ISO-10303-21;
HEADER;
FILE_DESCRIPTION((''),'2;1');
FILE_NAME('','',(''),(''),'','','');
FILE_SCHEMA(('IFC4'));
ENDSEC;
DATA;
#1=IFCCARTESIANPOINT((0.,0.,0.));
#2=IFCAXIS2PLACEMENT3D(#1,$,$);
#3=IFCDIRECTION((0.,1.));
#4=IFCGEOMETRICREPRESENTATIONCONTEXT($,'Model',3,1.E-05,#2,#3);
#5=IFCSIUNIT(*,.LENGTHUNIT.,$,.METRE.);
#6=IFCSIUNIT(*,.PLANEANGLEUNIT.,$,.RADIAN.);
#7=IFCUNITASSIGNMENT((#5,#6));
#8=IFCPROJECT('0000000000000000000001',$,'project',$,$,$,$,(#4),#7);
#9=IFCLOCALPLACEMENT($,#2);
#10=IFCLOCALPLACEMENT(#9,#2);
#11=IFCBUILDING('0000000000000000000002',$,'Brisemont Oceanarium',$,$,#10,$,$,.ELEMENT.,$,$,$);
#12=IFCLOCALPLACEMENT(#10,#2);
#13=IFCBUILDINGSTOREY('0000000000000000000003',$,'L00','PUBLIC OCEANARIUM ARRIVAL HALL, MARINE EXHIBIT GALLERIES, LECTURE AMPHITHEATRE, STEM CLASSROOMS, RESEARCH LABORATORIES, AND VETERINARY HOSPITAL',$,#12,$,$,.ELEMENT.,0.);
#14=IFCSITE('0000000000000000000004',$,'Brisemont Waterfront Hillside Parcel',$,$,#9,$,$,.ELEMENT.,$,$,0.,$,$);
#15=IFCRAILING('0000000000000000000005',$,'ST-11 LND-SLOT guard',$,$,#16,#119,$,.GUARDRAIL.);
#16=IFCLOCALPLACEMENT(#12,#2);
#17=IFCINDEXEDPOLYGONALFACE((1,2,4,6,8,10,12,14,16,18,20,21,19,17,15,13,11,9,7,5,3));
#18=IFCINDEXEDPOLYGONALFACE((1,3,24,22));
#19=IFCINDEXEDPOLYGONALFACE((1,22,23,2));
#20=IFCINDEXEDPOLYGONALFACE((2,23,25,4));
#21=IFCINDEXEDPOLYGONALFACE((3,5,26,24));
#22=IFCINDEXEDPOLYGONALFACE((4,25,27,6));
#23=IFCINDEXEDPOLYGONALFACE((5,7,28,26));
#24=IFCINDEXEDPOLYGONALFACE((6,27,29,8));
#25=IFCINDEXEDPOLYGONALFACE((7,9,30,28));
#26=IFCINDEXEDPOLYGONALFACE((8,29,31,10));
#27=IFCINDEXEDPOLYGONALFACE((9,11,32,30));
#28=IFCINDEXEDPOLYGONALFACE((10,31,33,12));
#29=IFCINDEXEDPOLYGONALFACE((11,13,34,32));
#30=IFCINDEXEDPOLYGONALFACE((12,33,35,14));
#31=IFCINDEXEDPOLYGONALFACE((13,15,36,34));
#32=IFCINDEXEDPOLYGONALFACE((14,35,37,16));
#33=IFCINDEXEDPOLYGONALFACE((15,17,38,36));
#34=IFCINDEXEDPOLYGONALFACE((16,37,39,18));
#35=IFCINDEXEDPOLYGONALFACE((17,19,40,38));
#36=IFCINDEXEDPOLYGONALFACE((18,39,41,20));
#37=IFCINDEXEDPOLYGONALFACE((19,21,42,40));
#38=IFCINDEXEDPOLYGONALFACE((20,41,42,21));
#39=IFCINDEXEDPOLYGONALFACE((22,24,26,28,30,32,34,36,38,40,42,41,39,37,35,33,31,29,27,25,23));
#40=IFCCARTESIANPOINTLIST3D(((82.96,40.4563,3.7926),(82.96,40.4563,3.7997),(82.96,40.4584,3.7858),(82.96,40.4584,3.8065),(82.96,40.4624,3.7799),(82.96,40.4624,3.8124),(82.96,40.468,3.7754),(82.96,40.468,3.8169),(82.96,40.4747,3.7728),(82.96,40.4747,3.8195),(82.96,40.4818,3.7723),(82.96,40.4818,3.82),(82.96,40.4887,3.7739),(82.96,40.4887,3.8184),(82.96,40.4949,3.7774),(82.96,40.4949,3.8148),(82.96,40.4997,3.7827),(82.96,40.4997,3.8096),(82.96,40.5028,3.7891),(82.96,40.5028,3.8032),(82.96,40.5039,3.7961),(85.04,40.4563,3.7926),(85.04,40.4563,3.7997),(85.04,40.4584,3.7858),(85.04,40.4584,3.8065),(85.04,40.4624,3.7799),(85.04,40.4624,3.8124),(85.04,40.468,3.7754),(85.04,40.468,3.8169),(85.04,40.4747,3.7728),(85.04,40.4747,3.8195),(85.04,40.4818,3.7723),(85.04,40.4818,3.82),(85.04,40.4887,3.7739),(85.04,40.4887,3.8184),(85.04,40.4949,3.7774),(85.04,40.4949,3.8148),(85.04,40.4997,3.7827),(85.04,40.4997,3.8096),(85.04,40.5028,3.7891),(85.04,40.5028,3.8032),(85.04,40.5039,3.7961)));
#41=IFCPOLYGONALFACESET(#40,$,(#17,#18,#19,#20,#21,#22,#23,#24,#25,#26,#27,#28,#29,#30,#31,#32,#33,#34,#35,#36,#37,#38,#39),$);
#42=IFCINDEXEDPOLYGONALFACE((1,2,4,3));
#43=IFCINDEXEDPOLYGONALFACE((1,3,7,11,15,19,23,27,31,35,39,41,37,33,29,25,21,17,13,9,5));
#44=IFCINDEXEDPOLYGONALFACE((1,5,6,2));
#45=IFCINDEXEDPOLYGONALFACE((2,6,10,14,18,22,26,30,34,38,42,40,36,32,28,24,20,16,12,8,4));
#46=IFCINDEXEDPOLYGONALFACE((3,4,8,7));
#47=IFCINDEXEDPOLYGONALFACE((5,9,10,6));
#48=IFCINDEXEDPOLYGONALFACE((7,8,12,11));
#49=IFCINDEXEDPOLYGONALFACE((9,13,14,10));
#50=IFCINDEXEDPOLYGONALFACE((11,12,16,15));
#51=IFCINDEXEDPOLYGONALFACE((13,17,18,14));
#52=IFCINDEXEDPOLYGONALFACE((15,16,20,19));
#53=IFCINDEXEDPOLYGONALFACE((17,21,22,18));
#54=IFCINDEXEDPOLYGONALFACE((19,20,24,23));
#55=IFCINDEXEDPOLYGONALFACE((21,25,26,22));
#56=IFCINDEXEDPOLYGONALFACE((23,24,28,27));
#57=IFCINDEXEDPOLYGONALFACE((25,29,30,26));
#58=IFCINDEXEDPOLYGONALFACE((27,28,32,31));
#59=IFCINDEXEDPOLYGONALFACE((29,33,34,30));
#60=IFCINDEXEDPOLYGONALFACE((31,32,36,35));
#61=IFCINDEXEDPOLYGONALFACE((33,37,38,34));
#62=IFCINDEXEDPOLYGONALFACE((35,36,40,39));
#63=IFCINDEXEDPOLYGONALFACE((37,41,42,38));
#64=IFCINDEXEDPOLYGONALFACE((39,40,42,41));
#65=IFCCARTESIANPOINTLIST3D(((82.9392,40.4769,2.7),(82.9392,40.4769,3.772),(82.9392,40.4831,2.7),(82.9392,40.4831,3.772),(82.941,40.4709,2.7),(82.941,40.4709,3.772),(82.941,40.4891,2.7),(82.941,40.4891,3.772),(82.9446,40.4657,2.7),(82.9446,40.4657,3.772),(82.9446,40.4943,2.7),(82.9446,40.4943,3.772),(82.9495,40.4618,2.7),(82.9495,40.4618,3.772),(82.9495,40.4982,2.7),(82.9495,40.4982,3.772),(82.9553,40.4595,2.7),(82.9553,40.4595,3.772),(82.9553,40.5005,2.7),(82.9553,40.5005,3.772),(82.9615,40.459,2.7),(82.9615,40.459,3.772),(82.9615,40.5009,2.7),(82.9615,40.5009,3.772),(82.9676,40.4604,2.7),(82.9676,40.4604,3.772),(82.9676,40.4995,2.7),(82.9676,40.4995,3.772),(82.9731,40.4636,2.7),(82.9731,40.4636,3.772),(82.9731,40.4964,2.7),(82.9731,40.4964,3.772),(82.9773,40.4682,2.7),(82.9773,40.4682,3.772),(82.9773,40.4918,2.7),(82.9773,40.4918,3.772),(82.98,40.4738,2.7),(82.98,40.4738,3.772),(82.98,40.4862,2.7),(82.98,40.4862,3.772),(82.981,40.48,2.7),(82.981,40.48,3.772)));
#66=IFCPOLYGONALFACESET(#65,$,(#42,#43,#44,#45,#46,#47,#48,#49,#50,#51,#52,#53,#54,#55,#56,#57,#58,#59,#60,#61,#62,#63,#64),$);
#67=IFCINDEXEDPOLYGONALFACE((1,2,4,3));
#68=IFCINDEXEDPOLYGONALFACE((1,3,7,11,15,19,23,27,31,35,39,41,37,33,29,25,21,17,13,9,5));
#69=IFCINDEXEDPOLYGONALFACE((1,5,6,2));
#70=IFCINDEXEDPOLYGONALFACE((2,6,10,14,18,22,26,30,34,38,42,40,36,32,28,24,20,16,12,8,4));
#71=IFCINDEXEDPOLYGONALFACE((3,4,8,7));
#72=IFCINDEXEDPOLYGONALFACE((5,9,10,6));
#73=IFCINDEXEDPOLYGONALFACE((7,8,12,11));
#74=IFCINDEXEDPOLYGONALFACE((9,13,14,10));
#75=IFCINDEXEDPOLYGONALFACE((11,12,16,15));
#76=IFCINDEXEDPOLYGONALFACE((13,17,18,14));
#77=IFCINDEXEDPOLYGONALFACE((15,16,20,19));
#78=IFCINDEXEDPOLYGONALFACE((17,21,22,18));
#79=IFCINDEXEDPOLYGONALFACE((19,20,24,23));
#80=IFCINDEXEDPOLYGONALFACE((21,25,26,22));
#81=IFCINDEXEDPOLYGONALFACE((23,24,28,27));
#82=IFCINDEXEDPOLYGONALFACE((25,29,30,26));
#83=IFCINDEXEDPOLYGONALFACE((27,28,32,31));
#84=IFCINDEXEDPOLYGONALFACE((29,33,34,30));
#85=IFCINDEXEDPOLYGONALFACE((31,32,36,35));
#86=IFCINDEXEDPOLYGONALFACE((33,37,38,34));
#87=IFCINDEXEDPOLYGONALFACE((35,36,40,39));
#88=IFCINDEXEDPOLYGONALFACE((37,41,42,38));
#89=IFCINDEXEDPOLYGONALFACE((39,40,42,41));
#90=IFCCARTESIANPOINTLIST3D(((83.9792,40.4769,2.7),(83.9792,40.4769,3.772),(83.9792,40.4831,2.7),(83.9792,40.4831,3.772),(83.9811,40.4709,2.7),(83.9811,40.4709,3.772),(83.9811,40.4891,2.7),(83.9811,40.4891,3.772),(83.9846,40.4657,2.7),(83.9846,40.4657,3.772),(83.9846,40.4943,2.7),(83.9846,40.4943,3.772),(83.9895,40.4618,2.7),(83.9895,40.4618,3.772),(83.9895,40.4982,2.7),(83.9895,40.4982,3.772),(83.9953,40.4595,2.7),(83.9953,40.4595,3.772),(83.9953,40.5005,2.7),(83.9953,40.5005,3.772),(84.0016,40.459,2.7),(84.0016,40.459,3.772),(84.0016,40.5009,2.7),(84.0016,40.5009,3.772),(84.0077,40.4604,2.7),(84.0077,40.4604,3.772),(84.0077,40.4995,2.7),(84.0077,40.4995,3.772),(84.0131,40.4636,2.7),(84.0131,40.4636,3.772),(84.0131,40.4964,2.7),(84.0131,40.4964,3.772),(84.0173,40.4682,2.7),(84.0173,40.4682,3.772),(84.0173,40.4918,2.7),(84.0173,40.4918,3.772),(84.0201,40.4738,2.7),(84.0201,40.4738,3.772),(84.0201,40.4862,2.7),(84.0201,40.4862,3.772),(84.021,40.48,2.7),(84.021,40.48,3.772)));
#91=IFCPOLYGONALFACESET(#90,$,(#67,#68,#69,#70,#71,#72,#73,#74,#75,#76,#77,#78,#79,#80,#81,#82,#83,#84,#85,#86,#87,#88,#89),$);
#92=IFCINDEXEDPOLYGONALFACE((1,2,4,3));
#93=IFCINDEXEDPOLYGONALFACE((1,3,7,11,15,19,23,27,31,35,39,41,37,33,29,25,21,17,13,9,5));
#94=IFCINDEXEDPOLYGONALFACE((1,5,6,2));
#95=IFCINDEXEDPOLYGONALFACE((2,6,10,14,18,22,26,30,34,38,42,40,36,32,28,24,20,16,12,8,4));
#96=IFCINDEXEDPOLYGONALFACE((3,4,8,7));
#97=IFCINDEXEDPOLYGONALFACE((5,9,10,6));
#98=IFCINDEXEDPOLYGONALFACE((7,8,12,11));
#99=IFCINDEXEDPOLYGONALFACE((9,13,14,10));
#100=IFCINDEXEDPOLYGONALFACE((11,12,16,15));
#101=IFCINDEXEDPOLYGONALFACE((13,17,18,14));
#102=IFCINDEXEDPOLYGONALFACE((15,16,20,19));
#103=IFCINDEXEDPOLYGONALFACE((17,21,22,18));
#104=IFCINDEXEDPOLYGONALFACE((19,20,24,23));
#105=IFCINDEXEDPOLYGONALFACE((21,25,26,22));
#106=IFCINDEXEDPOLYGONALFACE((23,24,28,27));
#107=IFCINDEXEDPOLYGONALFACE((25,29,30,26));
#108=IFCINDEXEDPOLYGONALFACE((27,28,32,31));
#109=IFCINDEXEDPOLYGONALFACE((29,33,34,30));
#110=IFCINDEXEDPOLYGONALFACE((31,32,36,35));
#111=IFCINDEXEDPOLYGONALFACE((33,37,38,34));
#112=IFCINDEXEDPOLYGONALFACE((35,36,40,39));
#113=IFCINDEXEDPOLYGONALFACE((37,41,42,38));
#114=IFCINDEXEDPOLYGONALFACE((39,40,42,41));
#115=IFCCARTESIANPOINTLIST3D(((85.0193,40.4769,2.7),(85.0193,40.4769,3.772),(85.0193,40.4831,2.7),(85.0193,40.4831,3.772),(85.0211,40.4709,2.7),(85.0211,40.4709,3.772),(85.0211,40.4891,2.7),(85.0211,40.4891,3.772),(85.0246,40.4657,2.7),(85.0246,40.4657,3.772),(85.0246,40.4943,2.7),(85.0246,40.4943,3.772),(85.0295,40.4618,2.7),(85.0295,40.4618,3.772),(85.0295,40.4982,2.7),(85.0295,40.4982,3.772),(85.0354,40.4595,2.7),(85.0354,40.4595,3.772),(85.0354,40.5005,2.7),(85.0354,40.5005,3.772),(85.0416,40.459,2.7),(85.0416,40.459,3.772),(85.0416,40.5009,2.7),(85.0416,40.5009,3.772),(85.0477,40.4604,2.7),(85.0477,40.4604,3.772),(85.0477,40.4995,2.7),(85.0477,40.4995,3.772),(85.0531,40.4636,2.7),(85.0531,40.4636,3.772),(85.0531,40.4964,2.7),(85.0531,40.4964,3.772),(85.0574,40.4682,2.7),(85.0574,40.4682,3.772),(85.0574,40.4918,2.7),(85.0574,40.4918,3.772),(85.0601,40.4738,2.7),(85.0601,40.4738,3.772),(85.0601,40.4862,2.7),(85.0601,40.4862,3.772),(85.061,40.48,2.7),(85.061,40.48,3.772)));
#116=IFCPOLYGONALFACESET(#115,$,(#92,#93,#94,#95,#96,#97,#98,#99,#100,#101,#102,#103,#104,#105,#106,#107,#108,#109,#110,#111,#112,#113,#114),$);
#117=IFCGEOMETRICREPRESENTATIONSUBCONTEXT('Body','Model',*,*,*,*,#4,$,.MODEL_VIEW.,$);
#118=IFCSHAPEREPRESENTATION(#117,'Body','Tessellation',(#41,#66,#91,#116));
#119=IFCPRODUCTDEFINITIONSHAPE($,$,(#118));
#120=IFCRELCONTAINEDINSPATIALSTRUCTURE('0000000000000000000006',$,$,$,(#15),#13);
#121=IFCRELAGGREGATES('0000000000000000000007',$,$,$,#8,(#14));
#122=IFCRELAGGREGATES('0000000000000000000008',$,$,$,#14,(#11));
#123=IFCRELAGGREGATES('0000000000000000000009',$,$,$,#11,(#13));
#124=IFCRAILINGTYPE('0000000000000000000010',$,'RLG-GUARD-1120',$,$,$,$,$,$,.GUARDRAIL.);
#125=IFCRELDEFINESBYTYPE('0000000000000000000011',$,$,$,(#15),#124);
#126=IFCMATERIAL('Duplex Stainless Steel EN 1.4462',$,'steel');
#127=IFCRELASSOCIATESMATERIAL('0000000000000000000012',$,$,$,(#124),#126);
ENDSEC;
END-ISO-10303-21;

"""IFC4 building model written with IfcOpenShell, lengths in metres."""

from ifc_helpers import new_model, si_unit, direction, frame, origin, origin_2d, place, context, subcontext, project, spatial, circle, extrude, material, type_object, element, save


model = new_model("IFC4")

# Units and contexts
model_context = context("Model", 3, precision=1e-05, world=origin(), true_north=direction((0.0, 1.0)))
body_context = subcontext(model_context, "Body", "Model", "MODEL_VIEW")
ifc_project = project(units=[si_unit("LENGTHUNIT", "METRE"), si_unit("PLANEANGLEUNIT", "RADIAN")], contexts=[model_context])

# Site, building, storey
site_placement = place(None, origin())
site = spatial("IfcSite", under=ifc_project, at=site_placement, Name="Brisemont Waterfront Hillside Parcel", CompositionType="ELEMENT", RefElevation=0.0)
building_placement = place(site_placement, origin())
building = spatial("IfcBuilding", under=site, at=building_placement, Name="Brisemont Oceanarium", CompositionType="ELEMENT")
storey_placement = place(building_placement, origin())
storey = spatial("IfcBuildingStorey", under=building, at=storey_placement, Name="L00", Description="PUBLIC OCEANARIUM ARRIVAL HALL, MARINE EXHIBIT GALLERIES, LECTURE AMPHITHEATRE, STEM CLASSROOMS, RESEARCH LABORATORIES, AND VETERINARY HOSPITAL", CompositionType="ELEMENT", Elevation=0.0)

# Railing
ifc_material_1 = material(Name="Duplex Stainless Steel EN 1.4462", Category="steel")
railing_type_1 = type_object("IfcRailingType", Name="RLG-GUARD-1120", PredefinedType="GUARDRAIL", material=ifc_material_1)
railing_1_placement = place(storey_placement, frame((82.96, 40.48, 2.7)))
element("IfcRailing", 1, at=railing_1_placement, inside=storey, type_object=railing_type_1, Name="ST-11 LND-SLOT guard", PredefinedType="GUARDRAIL", context=body_context, shape_type="SweptSolid", body=[
    extrude(circle(Radius=0.0239, at=origin_2d()), frame((0.0, 0.0, 1.0962), z_axis=(1.0, 0.0, 0.0), x_axis=(0.0, 1.0, 0.0)), (0.0, 0.0, 1.0), 2.0801),
    extrude(circle(Radius=0.021, at=origin_2d()), origin(), (0.0, 0.0, 1.0), 1.072),
    extrude(circle(Radius=0.021, at=origin_2d()), frame((1.04, 0.0, 0.0)), (0.0, 0.0, 1.0), 1.072),
    extrude(circle(Radius=0.021, at=origin_2d()), frame((2.0801, 0.0, 0.0)), (0.0, 0.0, 1.0), 1.072),
])

save(model, "model.ifc")
